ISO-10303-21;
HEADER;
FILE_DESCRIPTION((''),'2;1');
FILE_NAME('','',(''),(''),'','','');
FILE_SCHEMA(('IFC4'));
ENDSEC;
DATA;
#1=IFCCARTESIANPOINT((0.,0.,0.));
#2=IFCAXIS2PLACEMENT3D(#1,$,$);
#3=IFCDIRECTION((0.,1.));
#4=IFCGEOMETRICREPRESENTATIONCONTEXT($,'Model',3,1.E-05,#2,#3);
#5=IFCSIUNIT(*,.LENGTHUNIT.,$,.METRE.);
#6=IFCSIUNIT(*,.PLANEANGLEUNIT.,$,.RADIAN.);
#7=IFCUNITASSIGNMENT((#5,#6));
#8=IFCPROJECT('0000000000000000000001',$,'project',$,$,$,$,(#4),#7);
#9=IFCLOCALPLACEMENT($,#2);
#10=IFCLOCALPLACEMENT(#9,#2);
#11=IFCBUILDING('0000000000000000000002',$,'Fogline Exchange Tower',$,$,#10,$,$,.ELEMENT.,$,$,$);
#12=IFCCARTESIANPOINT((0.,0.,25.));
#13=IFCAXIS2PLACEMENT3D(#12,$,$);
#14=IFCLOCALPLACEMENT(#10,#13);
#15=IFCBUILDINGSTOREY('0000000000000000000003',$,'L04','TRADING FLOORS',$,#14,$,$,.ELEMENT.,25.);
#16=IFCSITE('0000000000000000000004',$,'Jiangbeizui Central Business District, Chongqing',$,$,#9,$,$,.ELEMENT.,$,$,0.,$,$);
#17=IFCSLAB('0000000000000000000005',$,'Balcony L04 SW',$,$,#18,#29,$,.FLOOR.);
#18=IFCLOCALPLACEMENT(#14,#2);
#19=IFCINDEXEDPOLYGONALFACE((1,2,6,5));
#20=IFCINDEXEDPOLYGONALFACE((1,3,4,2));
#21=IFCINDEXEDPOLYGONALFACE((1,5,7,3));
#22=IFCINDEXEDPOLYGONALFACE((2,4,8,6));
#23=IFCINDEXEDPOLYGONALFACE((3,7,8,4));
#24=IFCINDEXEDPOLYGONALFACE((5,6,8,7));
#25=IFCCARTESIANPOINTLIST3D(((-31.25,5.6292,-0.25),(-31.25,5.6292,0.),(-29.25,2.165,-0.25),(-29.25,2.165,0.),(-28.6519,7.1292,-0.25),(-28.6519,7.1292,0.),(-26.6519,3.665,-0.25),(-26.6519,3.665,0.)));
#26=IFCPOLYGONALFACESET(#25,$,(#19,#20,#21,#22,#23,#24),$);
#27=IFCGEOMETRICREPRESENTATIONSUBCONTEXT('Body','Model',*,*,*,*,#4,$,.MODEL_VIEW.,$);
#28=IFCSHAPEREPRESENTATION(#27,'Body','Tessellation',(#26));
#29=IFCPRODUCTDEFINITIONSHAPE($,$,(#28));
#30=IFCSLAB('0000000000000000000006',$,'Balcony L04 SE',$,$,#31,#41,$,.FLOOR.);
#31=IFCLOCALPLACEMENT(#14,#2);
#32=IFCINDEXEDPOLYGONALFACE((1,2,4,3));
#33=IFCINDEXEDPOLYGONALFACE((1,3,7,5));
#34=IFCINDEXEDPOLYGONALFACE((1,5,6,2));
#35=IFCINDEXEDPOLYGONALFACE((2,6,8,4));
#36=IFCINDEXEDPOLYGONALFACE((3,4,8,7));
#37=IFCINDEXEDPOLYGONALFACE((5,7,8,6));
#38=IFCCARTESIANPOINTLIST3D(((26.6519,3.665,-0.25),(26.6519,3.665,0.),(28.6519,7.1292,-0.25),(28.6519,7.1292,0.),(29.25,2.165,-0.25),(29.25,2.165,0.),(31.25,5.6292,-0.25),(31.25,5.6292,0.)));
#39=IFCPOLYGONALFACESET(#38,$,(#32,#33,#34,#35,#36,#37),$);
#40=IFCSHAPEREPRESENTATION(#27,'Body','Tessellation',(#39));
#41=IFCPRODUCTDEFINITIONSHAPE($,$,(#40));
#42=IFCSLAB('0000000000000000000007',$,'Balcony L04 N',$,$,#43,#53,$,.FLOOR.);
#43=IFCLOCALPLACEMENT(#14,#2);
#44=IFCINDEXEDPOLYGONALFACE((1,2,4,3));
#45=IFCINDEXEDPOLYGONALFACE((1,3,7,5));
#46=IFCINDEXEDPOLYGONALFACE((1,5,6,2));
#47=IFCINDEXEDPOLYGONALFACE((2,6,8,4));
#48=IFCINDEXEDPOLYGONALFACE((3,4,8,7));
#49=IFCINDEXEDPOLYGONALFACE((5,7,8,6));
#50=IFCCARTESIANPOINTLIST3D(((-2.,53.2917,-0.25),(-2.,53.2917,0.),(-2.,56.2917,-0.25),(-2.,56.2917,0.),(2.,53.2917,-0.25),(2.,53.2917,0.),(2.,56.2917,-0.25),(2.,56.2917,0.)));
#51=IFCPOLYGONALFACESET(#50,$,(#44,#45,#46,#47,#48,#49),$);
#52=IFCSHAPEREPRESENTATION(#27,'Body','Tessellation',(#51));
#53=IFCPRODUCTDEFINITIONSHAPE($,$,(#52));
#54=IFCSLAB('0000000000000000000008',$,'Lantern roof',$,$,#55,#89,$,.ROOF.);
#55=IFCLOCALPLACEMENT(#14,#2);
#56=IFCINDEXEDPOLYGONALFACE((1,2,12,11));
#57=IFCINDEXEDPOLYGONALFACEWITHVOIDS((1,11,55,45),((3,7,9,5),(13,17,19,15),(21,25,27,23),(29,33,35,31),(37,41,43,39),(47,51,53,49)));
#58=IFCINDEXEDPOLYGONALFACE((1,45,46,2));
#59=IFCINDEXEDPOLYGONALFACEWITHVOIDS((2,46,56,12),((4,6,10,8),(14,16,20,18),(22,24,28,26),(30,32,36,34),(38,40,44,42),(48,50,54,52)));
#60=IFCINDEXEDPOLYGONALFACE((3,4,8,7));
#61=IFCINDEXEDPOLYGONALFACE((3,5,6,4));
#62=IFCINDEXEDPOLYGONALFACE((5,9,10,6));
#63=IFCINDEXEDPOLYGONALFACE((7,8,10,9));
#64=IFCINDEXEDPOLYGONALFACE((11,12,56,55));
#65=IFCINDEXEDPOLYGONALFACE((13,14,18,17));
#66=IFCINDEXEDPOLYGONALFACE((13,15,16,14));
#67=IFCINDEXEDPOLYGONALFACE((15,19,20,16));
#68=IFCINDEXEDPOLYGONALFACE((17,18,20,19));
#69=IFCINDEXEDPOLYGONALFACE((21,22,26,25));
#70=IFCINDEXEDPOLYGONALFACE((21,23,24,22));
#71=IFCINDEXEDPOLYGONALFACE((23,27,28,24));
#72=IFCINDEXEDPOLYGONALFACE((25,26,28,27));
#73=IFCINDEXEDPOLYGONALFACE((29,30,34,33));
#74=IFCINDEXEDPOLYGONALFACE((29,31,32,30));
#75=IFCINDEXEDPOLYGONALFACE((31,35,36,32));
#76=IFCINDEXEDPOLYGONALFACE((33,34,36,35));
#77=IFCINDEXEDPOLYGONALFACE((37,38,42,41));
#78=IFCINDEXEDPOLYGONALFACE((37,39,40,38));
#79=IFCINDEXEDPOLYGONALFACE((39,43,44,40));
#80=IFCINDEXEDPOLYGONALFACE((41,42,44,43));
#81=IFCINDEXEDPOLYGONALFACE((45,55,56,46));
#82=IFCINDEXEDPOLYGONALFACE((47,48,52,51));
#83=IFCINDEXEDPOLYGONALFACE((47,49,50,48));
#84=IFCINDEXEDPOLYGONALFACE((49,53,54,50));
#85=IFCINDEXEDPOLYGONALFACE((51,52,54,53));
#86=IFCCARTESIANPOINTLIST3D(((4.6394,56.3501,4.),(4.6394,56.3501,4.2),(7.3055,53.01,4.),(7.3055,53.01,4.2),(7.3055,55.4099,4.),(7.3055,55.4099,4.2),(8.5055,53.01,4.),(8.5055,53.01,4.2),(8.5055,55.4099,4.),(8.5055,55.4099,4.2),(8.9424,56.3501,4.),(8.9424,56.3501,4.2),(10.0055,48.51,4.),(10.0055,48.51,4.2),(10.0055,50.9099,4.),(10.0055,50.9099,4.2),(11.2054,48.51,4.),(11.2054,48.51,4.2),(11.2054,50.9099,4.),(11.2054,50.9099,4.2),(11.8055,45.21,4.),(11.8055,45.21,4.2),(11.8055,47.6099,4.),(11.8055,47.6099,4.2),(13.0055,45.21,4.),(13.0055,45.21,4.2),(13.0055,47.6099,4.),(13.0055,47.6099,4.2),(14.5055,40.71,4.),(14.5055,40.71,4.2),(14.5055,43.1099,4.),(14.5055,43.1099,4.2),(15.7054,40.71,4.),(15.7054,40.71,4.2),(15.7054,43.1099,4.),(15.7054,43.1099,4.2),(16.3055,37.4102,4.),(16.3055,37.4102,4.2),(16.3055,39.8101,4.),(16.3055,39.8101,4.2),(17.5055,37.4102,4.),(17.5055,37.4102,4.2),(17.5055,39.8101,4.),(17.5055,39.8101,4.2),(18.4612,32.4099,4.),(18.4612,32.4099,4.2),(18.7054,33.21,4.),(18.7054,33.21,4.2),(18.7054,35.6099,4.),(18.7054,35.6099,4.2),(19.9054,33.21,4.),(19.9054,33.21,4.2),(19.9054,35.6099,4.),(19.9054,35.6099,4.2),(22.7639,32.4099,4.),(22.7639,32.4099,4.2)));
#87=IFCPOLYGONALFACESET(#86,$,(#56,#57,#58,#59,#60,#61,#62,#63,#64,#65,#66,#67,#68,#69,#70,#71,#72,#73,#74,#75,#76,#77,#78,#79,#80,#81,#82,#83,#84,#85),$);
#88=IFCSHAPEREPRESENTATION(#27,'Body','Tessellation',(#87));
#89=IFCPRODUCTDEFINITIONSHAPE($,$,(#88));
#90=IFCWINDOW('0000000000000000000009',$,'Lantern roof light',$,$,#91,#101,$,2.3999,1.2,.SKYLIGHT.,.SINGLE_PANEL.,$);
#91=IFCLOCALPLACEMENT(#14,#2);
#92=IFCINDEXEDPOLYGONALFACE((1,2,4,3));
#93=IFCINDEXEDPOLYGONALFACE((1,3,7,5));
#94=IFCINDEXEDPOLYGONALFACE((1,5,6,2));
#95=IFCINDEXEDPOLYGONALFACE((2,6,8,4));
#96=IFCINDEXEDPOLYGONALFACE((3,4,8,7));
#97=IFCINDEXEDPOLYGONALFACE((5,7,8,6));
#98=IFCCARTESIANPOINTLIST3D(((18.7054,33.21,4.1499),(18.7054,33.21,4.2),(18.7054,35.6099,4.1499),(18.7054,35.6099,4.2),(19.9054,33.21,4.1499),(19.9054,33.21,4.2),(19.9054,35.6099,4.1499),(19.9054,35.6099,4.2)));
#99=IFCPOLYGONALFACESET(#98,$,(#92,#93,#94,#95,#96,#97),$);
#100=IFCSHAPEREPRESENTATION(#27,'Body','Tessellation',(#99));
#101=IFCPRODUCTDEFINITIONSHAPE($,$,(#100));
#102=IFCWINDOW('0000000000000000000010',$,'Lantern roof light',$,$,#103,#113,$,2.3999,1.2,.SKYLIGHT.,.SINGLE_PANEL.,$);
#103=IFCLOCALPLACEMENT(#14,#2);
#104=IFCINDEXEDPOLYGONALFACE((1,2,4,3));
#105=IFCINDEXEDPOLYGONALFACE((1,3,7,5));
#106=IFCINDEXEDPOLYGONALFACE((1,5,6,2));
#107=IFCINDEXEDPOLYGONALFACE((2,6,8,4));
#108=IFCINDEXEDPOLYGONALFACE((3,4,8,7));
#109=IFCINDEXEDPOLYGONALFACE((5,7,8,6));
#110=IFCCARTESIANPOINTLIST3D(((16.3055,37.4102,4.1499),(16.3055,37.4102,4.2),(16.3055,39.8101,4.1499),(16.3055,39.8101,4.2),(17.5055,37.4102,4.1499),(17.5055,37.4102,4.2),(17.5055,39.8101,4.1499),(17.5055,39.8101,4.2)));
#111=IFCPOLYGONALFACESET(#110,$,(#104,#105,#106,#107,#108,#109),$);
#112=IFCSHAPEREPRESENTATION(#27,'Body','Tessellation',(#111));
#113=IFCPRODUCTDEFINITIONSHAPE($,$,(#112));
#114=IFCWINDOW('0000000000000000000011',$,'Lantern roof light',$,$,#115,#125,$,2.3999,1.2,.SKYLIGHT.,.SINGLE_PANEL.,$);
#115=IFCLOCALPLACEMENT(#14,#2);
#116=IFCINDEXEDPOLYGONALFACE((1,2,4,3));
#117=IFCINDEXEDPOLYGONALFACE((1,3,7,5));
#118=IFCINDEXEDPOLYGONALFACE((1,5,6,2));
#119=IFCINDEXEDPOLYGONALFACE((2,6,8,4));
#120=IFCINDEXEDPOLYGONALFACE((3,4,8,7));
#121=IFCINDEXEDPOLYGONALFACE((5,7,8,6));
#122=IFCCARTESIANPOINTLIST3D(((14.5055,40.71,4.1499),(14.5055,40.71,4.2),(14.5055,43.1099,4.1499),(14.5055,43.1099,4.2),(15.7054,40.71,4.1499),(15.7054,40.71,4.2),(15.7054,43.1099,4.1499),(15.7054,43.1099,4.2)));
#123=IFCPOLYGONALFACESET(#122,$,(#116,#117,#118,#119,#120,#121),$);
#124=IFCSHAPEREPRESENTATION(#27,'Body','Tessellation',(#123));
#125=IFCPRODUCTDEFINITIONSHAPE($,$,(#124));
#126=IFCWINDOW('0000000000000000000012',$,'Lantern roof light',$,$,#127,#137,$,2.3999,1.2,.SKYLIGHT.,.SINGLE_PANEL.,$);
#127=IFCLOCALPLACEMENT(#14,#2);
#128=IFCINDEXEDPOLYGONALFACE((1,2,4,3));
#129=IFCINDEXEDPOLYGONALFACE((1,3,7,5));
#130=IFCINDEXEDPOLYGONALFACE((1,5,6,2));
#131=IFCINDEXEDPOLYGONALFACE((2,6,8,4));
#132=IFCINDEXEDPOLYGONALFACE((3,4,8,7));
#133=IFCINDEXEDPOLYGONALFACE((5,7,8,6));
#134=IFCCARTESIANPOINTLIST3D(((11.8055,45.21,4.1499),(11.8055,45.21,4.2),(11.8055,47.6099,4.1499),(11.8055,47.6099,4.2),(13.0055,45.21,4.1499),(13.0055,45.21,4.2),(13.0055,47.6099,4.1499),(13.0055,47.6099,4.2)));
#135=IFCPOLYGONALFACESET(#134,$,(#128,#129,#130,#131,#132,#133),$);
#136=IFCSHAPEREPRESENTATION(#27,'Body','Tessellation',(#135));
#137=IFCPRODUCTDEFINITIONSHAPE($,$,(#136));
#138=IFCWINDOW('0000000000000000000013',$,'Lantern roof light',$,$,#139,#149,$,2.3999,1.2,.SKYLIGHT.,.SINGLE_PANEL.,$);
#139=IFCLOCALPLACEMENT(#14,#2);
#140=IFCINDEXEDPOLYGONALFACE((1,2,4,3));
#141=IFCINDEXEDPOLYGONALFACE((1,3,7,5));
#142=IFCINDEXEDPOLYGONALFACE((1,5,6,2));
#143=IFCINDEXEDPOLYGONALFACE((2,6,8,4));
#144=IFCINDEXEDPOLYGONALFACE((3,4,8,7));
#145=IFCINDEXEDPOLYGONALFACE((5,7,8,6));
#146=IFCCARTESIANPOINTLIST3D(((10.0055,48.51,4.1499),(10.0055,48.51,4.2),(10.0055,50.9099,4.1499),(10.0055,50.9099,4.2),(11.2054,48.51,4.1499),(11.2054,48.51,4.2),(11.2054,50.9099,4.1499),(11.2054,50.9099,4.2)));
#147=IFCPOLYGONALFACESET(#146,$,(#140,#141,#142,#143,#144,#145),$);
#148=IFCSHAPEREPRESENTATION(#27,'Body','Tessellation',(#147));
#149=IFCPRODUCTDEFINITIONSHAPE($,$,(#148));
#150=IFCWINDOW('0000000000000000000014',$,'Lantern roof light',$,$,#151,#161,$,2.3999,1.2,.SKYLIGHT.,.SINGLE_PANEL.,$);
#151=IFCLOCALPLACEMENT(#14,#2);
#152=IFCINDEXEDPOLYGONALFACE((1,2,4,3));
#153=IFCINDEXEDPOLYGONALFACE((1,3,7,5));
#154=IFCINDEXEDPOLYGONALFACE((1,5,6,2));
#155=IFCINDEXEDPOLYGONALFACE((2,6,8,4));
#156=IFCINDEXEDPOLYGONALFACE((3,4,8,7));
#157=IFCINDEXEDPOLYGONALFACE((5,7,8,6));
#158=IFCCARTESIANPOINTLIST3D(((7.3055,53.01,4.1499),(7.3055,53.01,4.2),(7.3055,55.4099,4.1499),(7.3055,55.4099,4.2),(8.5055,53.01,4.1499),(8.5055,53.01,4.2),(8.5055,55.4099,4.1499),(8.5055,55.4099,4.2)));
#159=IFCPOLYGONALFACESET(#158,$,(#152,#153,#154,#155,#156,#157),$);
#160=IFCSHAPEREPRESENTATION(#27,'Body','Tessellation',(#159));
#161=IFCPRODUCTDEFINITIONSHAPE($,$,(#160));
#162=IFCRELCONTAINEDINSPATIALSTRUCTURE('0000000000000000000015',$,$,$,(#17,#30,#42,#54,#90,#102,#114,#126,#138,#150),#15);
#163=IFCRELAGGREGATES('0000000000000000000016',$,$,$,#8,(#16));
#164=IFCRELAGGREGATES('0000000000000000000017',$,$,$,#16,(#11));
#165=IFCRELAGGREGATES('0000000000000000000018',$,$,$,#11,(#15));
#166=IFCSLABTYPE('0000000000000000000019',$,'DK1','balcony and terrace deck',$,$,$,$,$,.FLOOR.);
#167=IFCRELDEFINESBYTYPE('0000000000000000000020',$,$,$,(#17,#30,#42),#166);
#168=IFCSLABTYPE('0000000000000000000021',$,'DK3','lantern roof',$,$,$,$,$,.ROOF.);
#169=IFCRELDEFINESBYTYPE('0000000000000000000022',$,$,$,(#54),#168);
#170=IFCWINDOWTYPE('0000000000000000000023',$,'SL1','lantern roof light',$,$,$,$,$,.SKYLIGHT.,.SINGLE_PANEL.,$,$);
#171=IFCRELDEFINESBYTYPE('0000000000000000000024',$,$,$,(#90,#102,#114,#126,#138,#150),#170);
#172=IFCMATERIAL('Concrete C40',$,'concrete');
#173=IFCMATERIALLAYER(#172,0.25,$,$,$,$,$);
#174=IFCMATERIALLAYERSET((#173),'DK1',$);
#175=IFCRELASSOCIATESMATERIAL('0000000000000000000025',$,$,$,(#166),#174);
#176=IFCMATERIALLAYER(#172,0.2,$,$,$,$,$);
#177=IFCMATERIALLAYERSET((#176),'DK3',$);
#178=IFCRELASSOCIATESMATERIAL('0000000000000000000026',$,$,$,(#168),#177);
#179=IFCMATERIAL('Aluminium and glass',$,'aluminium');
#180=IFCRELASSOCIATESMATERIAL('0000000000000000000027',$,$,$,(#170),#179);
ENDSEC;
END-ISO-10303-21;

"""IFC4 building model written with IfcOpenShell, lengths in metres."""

from ifc_helpers import new_model, si_unit, direction, frame, origin, origin_2d, place, context, subcontext, project, spatial, polyline, rectangle, outline, extrude, material, layer, layer_set, type_object, element, fill, save


model = new_model("IFC4")

# Units and contexts
model_context = context("Model", 3, precision=1e-05, world=origin(), true_north=direction((0.0, 1.0)))
body_context = subcontext(model_context, "Body", "Model", "MODEL_VIEW")
ifc_project = project(units=[si_unit("LENGTHUNIT", "METRE"), si_unit("PLANEANGLEUNIT", "RADIAN")], contexts=[model_context])

# Site, building, storey
site_placement = place(None, origin())
site = spatial("IfcSite", under=ifc_project, at=site_placement, Name="Jiangbeizui Central Business District, Chongqing", CompositionType="ELEMENT", RefElevation=0.0)
building_placement = place(site_placement, origin())
building = spatial("IfcBuilding", under=site, at=building_placement, Name="Fogline Exchange Tower", CompositionType="ELEMENT")
storey_placement = place(building_placement, frame((0.0, 0.0, 25.0)))
storey = spatial("IfcBuildingStorey", under=building, at=storey_placement, Name="L04", Description="TRADING FLOORS", CompositionType="ELEMENT", Elevation=25.0)

# Slabs
ifc_material_1 = material(Name="Concrete C40", Category="concrete")
ifc_layer_1 = layer(ifc_material_1, 0.25)
ifc_layer_set_1 = layer_set([ifc_layer_1], Name="DK1")
slab_type_1 = type_object("IfcSlabType", Name="DK1", Description="balcony and terrace deck", PredefinedType="FLOOR", material=ifc_layer_set_1)
slab_1_placement = place(storey_placement, frame((0.0, 0.0, -0.25)))
element("IfcSlab", 1, at=slab_1_placement, inside=storey, type_object=slab_type_1, Name="Balcony L04 SW", PredefinedType="FLOOR", context=body_context, shape_type="SweptSolid", body=[
    extrude(outline(polyline([(-31.25, 5.6292), (-29.25, 2.165), (-26.6519, 3.665), (-28.6519, 7.1292), (-31.25, 5.6292)])), origin(), (0.0, 0.0, 1.0), 0.25),
])
slab_2_placement = place(storey_placement, frame((0.0, 0.0, -0.25)))
element("IfcSlab", 2, at=slab_2_placement, inside=storey, type_object=slab_type_1, Name="Balcony L04 SE", PredefinedType="FLOOR", context=body_context, shape_type="SweptSolid", body=[
    extrude(outline(polyline([(29.25, 2.165), (31.25, 5.6292), (28.6519, 7.1292), (26.6519, 3.665), (29.25, 2.165)])), origin(), (0.0, 0.0, 1.0), 0.25),
])
slab_3_placement = place(storey_placement, frame((0.0, 0.0, -0.25)))
element("IfcSlab", 3, at=slab_3_placement, inside=storey, type_object=slab_type_1, Name="Balcony L04 N", PredefinedType="FLOOR", context=body_context, shape_type="SweptSolid", body=[
    extrude(outline(polyline([(2.0, 56.2917), (-2.0, 56.2917), (-2.0, 53.2917), (2.0, 53.2917), (2.0, 56.2917)])), origin(), (0.0, 0.0, 1.0), 0.25),
])

# Slab, openings, windows
ifc_layer_2 = layer(ifc_material_1, 0.2)
ifc_layer_set_2 = layer_set([ifc_layer_2], Name="DK3")
slab_type_2 = type_object("IfcSlabType", Name="DK3", Description="lantern roof", PredefinedType="ROOF", material=ifc_layer_set_2)
slab_4_placement = place(storey_placement, frame((0.0, 0.0, 4.0)))
slab_4 = element("IfcSlab", 4, at=slab_4_placement, inside=storey, type_object=slab_type_2, Name="Lantern roof", PredefinedType="ROOF", context=body_context, shape_type="SweptSolid", body=[
    extrude(outline(polyline([(22.7639, 32.4099), (8.9424, 56.3501), (4.6394, 56.3501), (18.4612, 32.4099), (22.7639, 32.4099)])), origin(), (0.0, 0.0, 1.0), 0.2),
])
opening_1_placement = place(slab_4_placement, frame((19.3054, 34.4099, 0.0)))
opening_1 = element("IfcOpeningElement", 5, at=opening_1_placement, cuts=slab_4, PredefinedType="OPENING", context=body_context, shape_type="SweptSolid", body=[
    extrude(rectangle(XDim=1.2, YDim=2.3999, at=origin_2d()), origin(), (0.0, 0.0, 1.0), 0.2),
])
opening_2_placement = place(slab_4_placement, frame((16.9055, 38.6101, 0.0)))
opening_2 = element("IfcOpeningElement", 6, at=opening_2_placement, cuts=slab_4, PredefinedType="OPENING", context=body_context, shape_type="SweptSolid", body=[
    extrude(rectangle(XDim=1.2, YDim=2.3999, at=origin_2d()), origin(), (0.0, 0.0, 1.0), 0.2),
])
opening_3_placement = place(slab_4_placement, frame((15.1055, 41.9099, 0.0)))
opening_3 = element("IfcOpeningElement", 7, at=opening_3_placement, cuts=slab_4, PredefinedType="OPENING", context=body_context, shape_type="SweptSolid", body=[
    extrude(rectangle(XDim=1.2, YDim=2.3999, at=origin_2d()), origin(), (0.0, 0.0, 1.0), 0.2),
])
opening_4_placement = place(slab_4_placement, frame((12.4055, 46.4099, 0.0)))
opening_4 = element("IfcOpeningElement", 8, at=opening_4_placement, cuts=slab_4, PredefinedType="OPENING", context=body_context, shape_type="SweptSolid", body=[
    extrude(rectangle(XDim=1.2, YDim=2.3999, at=origin_2d()), origin(), (0.0, 0.0, 1.0), 0.2),
])
opening_5_placement = place(slab_4_placement, frame((10.6055, 49.71, 0.0)))
opening_5 = element("IfcOpeningElement", 9, at=opening_5_placement, cuts=slab_4, PredefinedType="OPENING", context=body_context, shape_type="SweptSolid", body=[
    extrude(rectangle(XDim=1.2, YDim=2.3999, at=origin_2d()), origin(), (0.0, 0.0, 1.0), 0.2),
])
opening_6_placement = place(slab_4_placement, frame((7.9055, 54.21, 0.0)))
opening_6 = element("IfcOpeningElement", 10, at=opening_6_placement, cuts=slab_4, PredefinedType="OPENING", context=body_context, shape_type="SweptSolid", body=[
    extrude(rectangle(XDim=1.2, YDim=2.3999, at=origin_2d()), origin(), (0.0, 0.0, 1.0), 0.2),
])
ifc_material_2 = material(Name="Aluminium and glass", Category="aluminium")
window_type = type_object("IfcWindowType", Name="SL1", Description="lantern roof light", PartitioningType="SINGLE_PANEL", PredefinedType="SKYLIGHT", material=ifc_material_2)
window_1_placement = place(opening_1_placement, frame((0.0, 0.0, 0.1499)))
window_1 = element("IfcWindow", 11, at=window_1_placement, inside=storey, type_object=window_type, Name="Lantern roof light", OverallHeight=2.3999, OverallWidth=1.2, PartitioningType="SINGLE_PANEL", PredefinedType="SKYLIGHT", context=body_context, shape_type="SweptSolid", body=[
    extrude(rectangle(XDim=1.2, YDim=2.3999, at=origin_2d()), origin(), (0.0, 0.0, 1.0), 0.05),
])
fill(opening_1, window_1)
window_2_placement = place(opening_2_placement, frame((0.0, 0.0, 0.1499)))
window_2 = element("IfcWindow", 12, at=window_2_placement, inside=storey, type_object=window_type, Name="Lantern roof light", OverallHeight=2.3999, OverallWidth=1.2, PartitioningType="SINGLE_PANEL", PredefinedType="SKYLIGHT", context=body_context, shape_type="SweptSolid", body=[
    extrude(rectangle(XDim=1.2, YDim=2.3999, at=origin_2d()), origin(), (0.0, 0.0, 1.0), 0.05),
])
fill(opening_2, window_2)
window_3_placement = place(opening_3_placement, frame((0.0, 0.0, 0.1499)))
window_3 = element("IfcWindow", 13, at=window_3_placement, inside=storey, type_object=window_type, Name="Lantern roof light", OverallHeight=2.3999, OverallWidth=1.2, PartitioningType="SINGLE_PANEL", PredefinedType="SKYLIGHT", context=body_context, shape_type="SweptSolid", body=[
    extrude(rectangle(XDim=1.2, YDim=2.3999, at=origin_2d()), origin(), (0.0, 0.0, 1.0), 0.05),
])
fill(opening_3, window_3)
window_4_placement = place(opening_4_placement, frame((0.0, 0.0, 0.1499)))
window_4 = element("IfcWindow", 14, at=window_4_placement, inside=storey, type_object=window_type, Name="Lantern roof light", OverallHeight=2.3999, OverallWidth=1.2, PartitioningType="SINGLE_PANEL", PredefinedType="SKYLIGHT", context=body_context, shape_type="SweptSolid", body=[
    extrude(rectangle(XDim=1.2, YDim=2.3999, at=origin_2d()), origin(), (0.0, 0.0, 1.0), 0.05),
])
fill(opening_4, window_4)
window_5_placement = place(opening_5_placement, frame((0.0, 0.0, 0.1499)))
window_5 = element("IfcWindow", 15, at=window_5_placement, inside=storey, type_object=window_type, Name="Lantern roof light", OverallHeight=2.3999, OverallWidth=1.2, PartitioningType="SINGLE_PANEL", PredefinedType="SKYLIGHT", context=body_context, shape_type="SweptSolid", body=[
    extrude(rectangle(XDim=1.2, YDim=2.3999, at=origin_2d()), origin(), (0.0, 0.0, 1.0), 0.05),
])
fill(opening_5, window_5)
window_6_placement = place(opening_6_placement, frame((0.0, 0.0, 0.1499)))
window_6 = element("IfcWindow", 16, at=window_6_placement, inside=storey, type_object=window_type, Name="Lantern roof light", OverallHeight=2.3999, OverallWidth=1.2, PartitioningType="SINGLE_PANEL", PredefinedType="SKYLIGHT", context=body_context, shape_type="SweptSolid", body=[
    extrude(rectangle(XDim=1.2, YDim=2.3999, at=origin_2d()), origin(), (0.0, 0.0, 1.0), 0.05),
])
fill(opening_6, window_6)

save(model, "model.ifc")
